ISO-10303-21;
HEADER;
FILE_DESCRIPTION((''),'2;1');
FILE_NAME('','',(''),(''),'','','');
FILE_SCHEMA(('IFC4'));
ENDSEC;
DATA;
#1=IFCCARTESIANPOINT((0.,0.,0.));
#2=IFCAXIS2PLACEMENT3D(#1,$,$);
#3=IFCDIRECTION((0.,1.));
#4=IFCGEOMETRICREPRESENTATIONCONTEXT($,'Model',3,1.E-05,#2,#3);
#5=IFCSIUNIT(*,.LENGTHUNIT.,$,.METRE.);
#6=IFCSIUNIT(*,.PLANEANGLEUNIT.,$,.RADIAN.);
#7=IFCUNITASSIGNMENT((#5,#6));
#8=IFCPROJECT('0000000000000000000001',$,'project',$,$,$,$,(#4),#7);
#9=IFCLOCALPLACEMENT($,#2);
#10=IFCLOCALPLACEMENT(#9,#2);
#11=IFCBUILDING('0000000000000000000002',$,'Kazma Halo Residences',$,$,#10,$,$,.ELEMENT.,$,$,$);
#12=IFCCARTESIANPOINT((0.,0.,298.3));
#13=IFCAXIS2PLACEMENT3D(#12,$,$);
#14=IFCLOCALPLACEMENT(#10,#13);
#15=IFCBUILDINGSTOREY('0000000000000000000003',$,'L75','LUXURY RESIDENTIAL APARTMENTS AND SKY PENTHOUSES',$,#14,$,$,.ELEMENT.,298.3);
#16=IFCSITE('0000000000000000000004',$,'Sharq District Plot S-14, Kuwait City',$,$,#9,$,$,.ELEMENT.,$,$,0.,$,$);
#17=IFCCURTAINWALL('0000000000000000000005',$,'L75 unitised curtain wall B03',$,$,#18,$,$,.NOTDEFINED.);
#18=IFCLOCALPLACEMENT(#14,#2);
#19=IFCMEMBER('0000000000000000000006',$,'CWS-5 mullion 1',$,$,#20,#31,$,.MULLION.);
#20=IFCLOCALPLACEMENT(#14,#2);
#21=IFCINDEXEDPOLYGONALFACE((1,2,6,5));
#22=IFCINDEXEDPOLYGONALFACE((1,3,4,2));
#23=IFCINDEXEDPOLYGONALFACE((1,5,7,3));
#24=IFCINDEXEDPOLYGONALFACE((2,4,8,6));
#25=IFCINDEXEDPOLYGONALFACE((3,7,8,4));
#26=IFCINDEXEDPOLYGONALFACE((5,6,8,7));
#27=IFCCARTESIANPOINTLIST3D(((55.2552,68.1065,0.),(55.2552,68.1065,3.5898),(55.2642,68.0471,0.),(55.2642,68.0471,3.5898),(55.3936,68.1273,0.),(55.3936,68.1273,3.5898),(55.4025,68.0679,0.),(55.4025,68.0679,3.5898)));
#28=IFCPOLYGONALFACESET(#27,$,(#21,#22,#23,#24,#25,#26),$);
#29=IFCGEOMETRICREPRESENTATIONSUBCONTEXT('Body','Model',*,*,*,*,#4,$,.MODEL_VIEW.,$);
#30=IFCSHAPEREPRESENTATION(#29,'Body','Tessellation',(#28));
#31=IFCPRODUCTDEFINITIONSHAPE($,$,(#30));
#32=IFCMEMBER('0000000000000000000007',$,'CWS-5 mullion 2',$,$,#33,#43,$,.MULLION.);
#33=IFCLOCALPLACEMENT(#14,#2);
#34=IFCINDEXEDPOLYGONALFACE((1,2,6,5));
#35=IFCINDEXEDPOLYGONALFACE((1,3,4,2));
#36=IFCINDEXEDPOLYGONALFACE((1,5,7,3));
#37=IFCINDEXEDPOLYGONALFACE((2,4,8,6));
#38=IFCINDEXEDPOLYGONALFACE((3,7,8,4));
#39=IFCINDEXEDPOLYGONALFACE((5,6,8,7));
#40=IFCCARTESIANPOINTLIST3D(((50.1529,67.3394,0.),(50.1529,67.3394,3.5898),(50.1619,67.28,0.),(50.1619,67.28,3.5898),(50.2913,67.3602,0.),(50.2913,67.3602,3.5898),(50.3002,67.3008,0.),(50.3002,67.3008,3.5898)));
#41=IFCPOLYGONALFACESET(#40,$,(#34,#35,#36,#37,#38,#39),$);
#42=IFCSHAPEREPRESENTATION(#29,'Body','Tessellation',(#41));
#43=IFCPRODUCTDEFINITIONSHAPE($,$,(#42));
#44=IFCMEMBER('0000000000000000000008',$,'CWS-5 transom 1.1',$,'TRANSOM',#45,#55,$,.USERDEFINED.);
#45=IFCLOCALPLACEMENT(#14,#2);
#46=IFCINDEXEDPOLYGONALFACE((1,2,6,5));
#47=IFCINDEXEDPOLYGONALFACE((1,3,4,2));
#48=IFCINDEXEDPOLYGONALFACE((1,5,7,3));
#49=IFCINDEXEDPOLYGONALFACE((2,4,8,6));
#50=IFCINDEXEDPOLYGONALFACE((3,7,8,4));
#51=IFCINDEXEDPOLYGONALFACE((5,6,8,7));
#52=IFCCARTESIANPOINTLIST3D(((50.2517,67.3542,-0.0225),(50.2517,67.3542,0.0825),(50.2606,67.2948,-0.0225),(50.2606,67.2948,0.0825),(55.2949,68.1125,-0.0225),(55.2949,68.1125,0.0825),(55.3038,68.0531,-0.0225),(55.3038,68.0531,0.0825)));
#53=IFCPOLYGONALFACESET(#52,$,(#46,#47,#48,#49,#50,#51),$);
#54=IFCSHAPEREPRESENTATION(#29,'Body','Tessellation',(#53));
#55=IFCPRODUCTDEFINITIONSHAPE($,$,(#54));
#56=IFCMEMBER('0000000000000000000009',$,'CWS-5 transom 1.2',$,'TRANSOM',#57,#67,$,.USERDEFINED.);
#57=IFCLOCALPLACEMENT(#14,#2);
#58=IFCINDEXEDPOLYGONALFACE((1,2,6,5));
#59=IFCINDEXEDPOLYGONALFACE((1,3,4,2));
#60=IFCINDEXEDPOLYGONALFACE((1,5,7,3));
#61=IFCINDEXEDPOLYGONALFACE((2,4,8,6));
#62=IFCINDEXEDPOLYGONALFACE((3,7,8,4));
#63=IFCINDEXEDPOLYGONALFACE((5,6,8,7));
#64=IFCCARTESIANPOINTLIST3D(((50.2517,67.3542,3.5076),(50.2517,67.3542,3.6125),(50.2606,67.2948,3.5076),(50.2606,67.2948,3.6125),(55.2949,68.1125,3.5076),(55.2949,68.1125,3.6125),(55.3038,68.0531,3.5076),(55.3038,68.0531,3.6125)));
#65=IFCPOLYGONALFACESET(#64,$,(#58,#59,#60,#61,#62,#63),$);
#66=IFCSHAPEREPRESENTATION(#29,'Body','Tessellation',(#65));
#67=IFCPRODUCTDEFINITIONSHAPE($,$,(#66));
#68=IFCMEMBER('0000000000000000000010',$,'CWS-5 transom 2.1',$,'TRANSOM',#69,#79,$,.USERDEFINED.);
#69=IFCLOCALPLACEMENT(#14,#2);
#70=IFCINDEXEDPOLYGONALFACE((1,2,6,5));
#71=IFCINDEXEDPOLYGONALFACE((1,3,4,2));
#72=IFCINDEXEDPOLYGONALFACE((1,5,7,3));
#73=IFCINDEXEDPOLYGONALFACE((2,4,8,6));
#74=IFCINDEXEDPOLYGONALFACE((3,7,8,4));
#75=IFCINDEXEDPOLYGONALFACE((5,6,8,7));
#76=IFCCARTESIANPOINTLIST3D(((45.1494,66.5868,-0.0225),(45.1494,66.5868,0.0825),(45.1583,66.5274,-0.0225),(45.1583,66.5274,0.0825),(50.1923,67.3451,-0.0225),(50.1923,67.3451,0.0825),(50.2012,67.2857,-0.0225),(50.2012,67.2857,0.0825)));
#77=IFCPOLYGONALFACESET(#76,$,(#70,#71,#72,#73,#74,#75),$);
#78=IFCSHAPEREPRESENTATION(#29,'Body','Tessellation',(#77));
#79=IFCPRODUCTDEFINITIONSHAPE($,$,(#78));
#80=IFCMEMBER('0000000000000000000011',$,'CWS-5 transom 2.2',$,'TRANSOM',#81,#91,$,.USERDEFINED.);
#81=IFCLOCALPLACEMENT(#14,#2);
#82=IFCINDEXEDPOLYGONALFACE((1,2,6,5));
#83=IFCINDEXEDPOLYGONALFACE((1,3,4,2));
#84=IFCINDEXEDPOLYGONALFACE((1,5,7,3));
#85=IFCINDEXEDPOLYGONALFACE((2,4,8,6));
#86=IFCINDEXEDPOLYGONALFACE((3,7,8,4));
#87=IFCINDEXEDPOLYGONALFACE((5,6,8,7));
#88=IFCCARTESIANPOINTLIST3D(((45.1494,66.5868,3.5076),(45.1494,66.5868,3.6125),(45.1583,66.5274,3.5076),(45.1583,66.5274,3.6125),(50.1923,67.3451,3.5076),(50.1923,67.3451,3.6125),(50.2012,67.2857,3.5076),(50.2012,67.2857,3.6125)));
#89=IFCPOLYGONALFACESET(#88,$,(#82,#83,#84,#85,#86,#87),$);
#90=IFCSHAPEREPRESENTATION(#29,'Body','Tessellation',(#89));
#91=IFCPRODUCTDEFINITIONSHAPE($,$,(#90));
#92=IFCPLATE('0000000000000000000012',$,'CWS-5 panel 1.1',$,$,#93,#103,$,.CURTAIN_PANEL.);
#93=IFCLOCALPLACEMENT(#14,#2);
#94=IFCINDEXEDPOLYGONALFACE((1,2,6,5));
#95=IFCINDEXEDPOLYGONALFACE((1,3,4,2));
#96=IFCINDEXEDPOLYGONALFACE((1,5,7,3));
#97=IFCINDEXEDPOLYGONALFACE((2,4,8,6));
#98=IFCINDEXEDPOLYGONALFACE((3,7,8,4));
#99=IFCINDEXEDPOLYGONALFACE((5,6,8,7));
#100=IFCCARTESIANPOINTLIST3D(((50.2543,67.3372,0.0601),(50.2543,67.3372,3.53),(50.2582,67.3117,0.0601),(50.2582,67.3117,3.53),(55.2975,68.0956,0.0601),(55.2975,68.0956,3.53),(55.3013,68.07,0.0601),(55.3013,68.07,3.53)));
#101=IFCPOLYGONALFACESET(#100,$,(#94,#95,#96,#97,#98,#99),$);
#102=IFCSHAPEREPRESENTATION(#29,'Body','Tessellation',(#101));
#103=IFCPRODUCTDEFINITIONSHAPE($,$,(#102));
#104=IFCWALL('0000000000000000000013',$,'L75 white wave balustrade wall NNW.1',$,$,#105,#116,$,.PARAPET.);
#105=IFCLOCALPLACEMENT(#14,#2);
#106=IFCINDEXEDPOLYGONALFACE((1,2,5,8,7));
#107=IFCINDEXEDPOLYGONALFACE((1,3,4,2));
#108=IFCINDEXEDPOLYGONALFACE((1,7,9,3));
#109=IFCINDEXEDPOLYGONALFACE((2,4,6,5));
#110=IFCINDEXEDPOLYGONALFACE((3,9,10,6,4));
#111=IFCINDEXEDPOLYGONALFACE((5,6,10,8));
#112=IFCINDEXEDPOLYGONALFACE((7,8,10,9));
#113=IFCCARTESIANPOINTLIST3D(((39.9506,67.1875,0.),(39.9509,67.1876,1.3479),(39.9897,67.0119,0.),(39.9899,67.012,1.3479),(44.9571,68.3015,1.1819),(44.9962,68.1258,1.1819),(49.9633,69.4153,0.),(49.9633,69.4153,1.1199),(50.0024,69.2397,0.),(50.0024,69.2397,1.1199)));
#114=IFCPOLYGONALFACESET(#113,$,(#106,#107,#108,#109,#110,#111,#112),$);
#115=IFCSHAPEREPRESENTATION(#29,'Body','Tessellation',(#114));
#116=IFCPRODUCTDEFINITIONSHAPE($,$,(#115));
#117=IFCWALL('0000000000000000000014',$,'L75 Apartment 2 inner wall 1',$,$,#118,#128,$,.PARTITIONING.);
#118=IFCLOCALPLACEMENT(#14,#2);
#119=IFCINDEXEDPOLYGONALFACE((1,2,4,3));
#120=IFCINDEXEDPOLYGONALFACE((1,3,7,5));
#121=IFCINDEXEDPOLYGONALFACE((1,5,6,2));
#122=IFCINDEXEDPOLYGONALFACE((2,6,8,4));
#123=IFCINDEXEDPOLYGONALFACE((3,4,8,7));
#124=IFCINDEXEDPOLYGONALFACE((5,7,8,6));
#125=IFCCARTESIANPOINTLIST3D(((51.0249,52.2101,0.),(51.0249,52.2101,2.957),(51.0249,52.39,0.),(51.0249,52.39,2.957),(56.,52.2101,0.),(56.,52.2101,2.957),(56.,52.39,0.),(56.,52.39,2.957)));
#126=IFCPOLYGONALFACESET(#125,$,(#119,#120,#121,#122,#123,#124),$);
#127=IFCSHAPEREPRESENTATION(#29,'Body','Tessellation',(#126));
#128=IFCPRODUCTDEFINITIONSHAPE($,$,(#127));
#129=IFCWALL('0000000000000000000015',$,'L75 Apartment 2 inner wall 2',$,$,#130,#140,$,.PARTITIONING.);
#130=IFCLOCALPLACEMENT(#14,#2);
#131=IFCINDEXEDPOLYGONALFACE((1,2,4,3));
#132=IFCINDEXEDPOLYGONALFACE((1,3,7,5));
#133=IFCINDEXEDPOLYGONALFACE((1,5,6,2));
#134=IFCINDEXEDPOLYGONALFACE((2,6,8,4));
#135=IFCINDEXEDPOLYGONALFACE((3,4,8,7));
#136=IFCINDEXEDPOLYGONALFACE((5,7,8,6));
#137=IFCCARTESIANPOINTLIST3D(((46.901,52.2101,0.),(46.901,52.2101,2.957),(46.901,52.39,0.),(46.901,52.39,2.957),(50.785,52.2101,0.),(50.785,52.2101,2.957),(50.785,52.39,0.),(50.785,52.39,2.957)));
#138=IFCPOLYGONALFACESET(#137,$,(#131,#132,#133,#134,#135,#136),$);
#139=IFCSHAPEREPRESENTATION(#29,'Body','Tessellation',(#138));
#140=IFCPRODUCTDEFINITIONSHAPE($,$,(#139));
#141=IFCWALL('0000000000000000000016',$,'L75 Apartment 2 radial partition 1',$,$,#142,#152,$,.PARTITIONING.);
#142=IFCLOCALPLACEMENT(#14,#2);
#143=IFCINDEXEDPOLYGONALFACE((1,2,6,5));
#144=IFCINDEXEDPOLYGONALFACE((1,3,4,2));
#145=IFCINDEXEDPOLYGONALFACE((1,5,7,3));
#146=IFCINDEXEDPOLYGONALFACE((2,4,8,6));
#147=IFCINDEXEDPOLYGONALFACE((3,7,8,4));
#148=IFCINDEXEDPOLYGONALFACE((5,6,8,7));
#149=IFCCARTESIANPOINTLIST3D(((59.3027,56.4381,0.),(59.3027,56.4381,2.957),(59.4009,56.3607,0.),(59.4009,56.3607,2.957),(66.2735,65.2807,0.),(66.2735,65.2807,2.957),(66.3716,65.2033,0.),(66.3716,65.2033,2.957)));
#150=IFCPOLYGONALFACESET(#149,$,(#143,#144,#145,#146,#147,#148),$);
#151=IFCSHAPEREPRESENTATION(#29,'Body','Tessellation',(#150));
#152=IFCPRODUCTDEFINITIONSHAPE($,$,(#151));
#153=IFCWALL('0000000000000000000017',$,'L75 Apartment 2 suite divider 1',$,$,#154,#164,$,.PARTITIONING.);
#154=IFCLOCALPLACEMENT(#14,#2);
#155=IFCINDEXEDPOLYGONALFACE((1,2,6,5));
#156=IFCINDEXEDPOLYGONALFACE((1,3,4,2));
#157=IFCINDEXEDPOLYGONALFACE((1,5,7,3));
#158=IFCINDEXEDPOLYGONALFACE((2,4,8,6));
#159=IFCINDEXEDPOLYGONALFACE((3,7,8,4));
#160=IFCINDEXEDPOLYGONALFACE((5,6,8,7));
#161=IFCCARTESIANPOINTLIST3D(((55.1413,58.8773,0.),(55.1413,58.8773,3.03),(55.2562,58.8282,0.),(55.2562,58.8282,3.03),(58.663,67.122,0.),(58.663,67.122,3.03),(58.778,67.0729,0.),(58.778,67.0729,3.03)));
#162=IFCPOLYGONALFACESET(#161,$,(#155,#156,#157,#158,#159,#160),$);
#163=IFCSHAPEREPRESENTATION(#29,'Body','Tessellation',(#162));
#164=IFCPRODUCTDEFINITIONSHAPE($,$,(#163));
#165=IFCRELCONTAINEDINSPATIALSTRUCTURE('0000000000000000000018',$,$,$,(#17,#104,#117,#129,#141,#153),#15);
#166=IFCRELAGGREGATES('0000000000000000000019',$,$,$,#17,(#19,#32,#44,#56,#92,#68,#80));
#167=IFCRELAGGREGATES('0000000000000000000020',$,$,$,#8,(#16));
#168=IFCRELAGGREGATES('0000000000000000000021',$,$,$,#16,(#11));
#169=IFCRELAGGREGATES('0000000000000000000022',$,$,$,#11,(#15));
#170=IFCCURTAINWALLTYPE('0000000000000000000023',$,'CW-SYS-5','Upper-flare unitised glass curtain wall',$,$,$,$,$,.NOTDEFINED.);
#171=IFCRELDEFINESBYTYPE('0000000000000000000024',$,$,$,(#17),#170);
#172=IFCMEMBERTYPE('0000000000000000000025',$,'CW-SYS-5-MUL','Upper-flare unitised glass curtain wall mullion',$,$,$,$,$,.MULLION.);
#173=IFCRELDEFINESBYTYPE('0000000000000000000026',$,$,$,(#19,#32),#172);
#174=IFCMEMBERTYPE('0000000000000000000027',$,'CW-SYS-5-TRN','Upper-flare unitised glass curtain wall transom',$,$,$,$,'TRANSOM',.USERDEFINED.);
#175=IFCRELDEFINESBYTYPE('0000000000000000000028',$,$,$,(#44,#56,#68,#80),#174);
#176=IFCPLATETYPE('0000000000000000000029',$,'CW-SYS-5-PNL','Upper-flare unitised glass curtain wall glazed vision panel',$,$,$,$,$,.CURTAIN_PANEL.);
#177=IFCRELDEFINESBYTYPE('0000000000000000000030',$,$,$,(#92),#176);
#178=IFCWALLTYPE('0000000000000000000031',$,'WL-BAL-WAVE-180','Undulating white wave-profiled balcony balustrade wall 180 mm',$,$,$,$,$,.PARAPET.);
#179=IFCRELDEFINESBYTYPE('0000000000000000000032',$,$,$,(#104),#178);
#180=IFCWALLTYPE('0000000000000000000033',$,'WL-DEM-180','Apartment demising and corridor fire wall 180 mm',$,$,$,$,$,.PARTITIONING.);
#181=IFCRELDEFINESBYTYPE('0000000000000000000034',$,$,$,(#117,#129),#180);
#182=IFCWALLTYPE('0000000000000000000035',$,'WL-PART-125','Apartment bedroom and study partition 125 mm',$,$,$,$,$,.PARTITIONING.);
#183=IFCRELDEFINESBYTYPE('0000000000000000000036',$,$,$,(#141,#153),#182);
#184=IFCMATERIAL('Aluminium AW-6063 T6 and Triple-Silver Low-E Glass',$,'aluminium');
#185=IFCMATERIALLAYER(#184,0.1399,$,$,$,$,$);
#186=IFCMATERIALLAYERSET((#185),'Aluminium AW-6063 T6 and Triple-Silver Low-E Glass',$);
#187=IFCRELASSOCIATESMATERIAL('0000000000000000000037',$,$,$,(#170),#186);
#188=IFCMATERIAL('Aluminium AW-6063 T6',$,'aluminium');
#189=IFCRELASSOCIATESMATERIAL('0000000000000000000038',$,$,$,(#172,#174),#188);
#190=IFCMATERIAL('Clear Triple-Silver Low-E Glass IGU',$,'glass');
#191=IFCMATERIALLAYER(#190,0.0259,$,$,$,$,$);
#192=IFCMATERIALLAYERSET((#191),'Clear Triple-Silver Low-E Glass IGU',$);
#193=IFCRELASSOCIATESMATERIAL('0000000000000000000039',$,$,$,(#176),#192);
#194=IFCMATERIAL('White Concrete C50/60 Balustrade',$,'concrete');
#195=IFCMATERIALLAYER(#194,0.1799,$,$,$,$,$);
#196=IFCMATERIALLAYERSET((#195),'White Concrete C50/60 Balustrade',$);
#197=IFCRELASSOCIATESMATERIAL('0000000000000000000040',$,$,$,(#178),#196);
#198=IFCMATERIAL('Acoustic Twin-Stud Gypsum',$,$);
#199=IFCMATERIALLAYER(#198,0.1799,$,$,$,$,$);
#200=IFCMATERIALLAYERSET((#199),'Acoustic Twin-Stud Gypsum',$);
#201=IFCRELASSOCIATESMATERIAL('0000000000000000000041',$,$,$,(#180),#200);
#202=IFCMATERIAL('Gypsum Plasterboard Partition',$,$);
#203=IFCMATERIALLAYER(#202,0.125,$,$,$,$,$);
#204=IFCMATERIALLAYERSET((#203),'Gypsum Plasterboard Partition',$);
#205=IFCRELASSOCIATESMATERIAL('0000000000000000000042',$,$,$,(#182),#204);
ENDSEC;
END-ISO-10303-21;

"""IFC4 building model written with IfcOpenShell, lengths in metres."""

from ifc_helpers import new_model, si_unit, direction, frame, frame_2d, origin, origin_2d, place, context, subcontext, project, spatial, polyline, rectangle, outline, extrude, material, layer, layer_set, material_profile, profile_set, type_object, element, aggregate, save


model = new_model("IFC4")

# Units and contexts
model_context = context("Model", 3, precision=1e-05, world=origin(), true_north=direction((0.0, 1.0)))
body_context = subcontext(model_context, "Body", "Model", "MODEL_VIEW")
ifc_project = project(units=[si_unit("LENGTHUNIT", "METRE"), si_unit("PLANEANGLEUNIT", "RADIAN")], contexts=[model_context])

# Site, building, storey
site_placement = place(None, origin())
site = spatial("IfcSite", under=ifc_project, at=site_placement, Name="Sharq District Plot S-14, Kuwait City", CompositionType="ELEMENT", RefElevation=0.0)
building_placement = place(site_placement, origin())
building = spatial("IfcBuilding", under=site, at=building_placement, Name="Kazma Halo Residences", CompositionType="ELEMENT")
storey_placement = place(building_placement, frame((0.0, 0.0, 298.3)))
storey = spatial("IfcBuildingStorey", under=building, at=storey_placement, Name="L75", Description="LUXURY RESIDENTIAL APARTMENTS AND SKY PENTHOUSES", CompositionType="ELEMENT", Elevation=298.3)

# Curtain wall, members, plate
ifc_material_1 = material(Name="Aluminium AW-6063 T6 and Triple-Silver Low-E Glass", Category="aluminium")
ifc_layer_1 = layer(ifc_material_1, 0.1399)
ifc_layer_set_1 = layer_set([ifc_layer_1], Name="Aluminium AW-6063 T6 and Triple-Silver Low-E Glass")
curtain_wall_type = type_object("IfcCurtainWallType", Name="CW-SYS-5", Description="Upper-flare unitised glass curtain wall", PredefinedType="NOTDEFINED", material=ifc_layer_set_1)
curtain_wall_placement = place(storey_placement, origin())
curtain_wall = element("IfcCurtainWall", 1, at=curtain_wall_placement, inside=storey, type_object=curtain_wall_type, Name="L75 unitised curtain wall B03", PredefinedType="NOTDEFINED")
ifc_material_2 = material(Name="Aluminium AW-6063 T6", Category="aluminium")
ifc_material_profile_1 = material_profile(ifc_material_2, rectangle(XDim=0.0601, YDim=0.1399, at=origin_2d()), Name="CWM-60x140")
ifc_profile_set_1 = profile_set([ifc_material_profile_1], Name="Aluminium AW-6063 T6")
member_type_1 = type_object("IfcMemberType", Name="CW-SYS-5-MUL", Description="Upper-flare unitised glass curtain wall mullion", PredefinedType="MULLION", material=ifc_profile_set_1)
member_1_placement = place(storey_placement, frame((55.3289, 68.0872, 0.0), z_axis=(0.0, 0.0, 1.0), x_axis=(0.148697, -0.988883, 0.0)))
member_1 = element("IfcMember", 2, at=member_1_placement, type_object=member_type_1, Name="CWS-5 mullion 1", PredefinedType="MULLION", context=body_context, shape_type="SweptSolid", body=[
    extrude(rectangle(XDim=0.0601, YDim=0.1399, at=origin_2d()), origin(), (0.0, 0.0, 1.0), 3.5898),
])
member_2_placement = place(storey_placement, frame((50.2266, 67.3201, 0.0), z_axis=(0.0, 0.0, 1.0), x_axis=(0.148697, -0.988883, 0.0)))
member_2 = element("IfcMember", 3, at=member_2_placement, type_object=member_type_1, Name="CWS-5 mullion 2", PredefinedType="MULLION", context=body_context, shape_type="SweptSolid", body=[
    extrude(rectangle(XDim=0.0601, YDim=0.1399, at=origin_2d()), origin(), (0.0, 0.0, 1.0), 3.5898),
])
ifc_material_profile_2 = material_profile(ifc_material_2, rectangle(XDim=0.0601, YDim=0.105, at=origin_2d()), Name="CWT-60x105")
ifc_profile_set_2 = profile_set([ifc_material_profile_2], Name="Aluminium AW-6063 T6")
member_type_2 = type_object("IfcMemberType", Name="CW-SYS-5-TRN", Description="Upper-flare unitised glass curtain wall transom", ElementType="TRANSOM", PredefinedType="USERDEFINED", material=ifc_profile_set_2)
member_3_placement = place(storey_placement, frame((55.2993, 68.0828, 0.03), z_axis=(-0.988884, -0.148689, 0.0), x_axis=(0.148689, -0.988884, 0.0)))
member_3 = element("IfcMember", 4, at=member_3_placement, type_object=member_type_2, Name="CWS-5 transom 1.1", ObjectType="TRANSOM", PredefinedType="USERDEFINED", context=body_context, shape_type="SweptSolid", body=[
    extrude(rectangle(XDim=0.0601, YDim=0.105, at=origin_2d()), origin(), (0.0, 0.0, 1.0), 5.0999),
])
member_4_placement = place(storey_placement, frame((55.2993, 68.0828, 3.5601), z_axis=(-0.988884, -0.148689, 0.0), x_axis=(0.148689, -0.988884, 0.0)))
member_4 = element("IfcMember", 5, at=member_4_placement, type_object=member_type_2, Name="CWS-5 transom 1.2", ObjectType="TRANSOM", PredefinedType="USERDEFINED", context=body_context, shape_type="SweptSolid", body=[
    extrude(rectangle(XDim=0.0601, YDim=0.105, at=origin_2d()), origin(), (0.0, 0.0, 1.0), 5.0999),
])
member_5_placement = place(storey_placement, frame((50.1968, 67.3154, 0.03), z_axis=(-0.988883, -0.148696, 0.0), x_axis=(0.148696, -0.988883, 0.0)))
member_5 = element("IfcMember", 6, at=member_5_placement, type_object=member_type_2, Name="CWS-5 transom 2.1", ObjectType="TRANSOM", PredefinedType="USERDEFINED", context=body_context, shape_type="SweptSolid", body=[
    extrude(rectangle(XDim=0.0601, YDim=0.105, at=origin_2d()), origin(), (0.0, 0.0, 1.0), 5.0996),
])
member_6_placement = place(storey_placement, frame((50.1968, 67.3154, 3.5601), z_axis=(-0.988883, -0.148696, 0.0), x_axis=(0.148696, -0.988883, 0.0)))
member_6 = element("IfcMember", 7, at=member_6_placement, type_object=member_type_2, Name="CWS-5 transom 2.2", ObjectType="TRANSOM", PredefinedType="USERDEFINED", context=body_context, shape_type="SweptSolid", body=[
    extrude(rectangle(XDim=0.0601, YDim=0.105, at=origin_2d()), origin(), (0.0, 0.0, 1.0), 5.0996),
])
ifc_material_3 = material(Name="Clear Triple-Silver Low-E Glass IGU", Category="glass")
ifc_layer_2 = layer(ifc_material_3, 0.0259)
ifc_layer_set_2 = layer_set([ifc_layer_2], Name="Clear Triple-Silver Low-E Glass IGU")
plate_type = type_object("IfcPlateType", Name="CW-SYS-5-PNL", Description="Upper-flare unitised glass curtain wall glazed vision panel", PredefinedType="CURTAIN_PANEL", material=ifc_layer_set_2)
plate_placement = place(storey_placement, frame((52.7778, 67.7036, 0.0601), z_axis=(0.0, 0.0, 1.0), x_axis=(-0.988883, -0.148697, 0.0)))
plate = element("IfcPlate", 8, at=plate_placement, type_object=plate_type, Name="CWS-5 panel 1.1", PredefinedType="CURTAIN_PANEL", context=body_context, shape_type="SweptSolid", body=[
    extrude(rectangle(XDim=5.0999, YDim=0.0259, at=origin_2d()), origin(), (0.0, 0.0, 1.0), 3.47),
])
aggregate(curtain_wall, [member_1, member_2, member_3, member_4, plate, member_5, member_6])

# Walls
ifc_material_4 = material(Name="White Concrete C50/60 Balustrade", Category="concrete")
ifc_layer_3 = layer(ifc_material_4, 0.1799)
ifc_layer_set_3 = layer_set([ifc_layer_3], Name="White Concrete C50/60 Balustrade")
wall_type_1 = type_object("IfcWallType", Name="WL-BAL-WAVE-180", Description="Undulating white wave-profiled balcony balustrade wall 180 mm", PredefinedType="PARAPET", material=ifc_layer_set_3)
wall_1_placement = place(storey_placement, frame((49.9829, 69.3274, 0.0), z_axis=(0.0, 0.0, 1.0), x_axis=(-0.97613, -0.217185, 0.0)))
element("IfcWall", 9, at=wall_1_placement, inside=storey, type_object=wall_type_1, Name="L75 white wave balustrade wall NNW.1", PredefinedType="PARAPET", context=body_context, shape_type="SweptSolid", body=[
    extrude(outline(polyline([(0.0, 0.0), (10.2576, 0.0), (10.2573, 1.3479), (5.1287, 1.1819), (0.0, 1.1199), (0.0, 0.0)])), frame((0.0, 0.0898, 0.0), z_axis=(0.0, -1.0, 0.0), x_axis=(1.0, 0.0, 0.0)), (0.0, 0.0, 1.0), 0.1799),
])
ifc_material_5 = material(Name="Acoustic Twin-Stud Gypsum")
ifc_layer_4 = layer(ifc_material_5, 0.1799)
ifc_layer_set_4 = layer_set([ifc_layer_4], Name="Acoustic Twin-Stud Gypsum")
wall_type_2 = type_object("IfcWallType", Name="WL-DEM-180", Description="Apartment demising and corridor fire wall 180 mm", PredefinedType="PARTITIONING", material=ifc_layer_set_4)
wall_2_placement = place(storey_placement, frame((56.0, 52.3, 0.0), z_axis=(0.0, 0.0, 1.0), x_axis=(-1.0, 0.0, 0.0)))
element("IfcWall", 10, at=wall_2_placement, inside=storey, type_object=wall_type_2, Name="L75 Apartment 2 inner wall 1", PredefinedType="PARTITIONING", context=body_context, shape_type="SweptSolid", body=[
    extrude(rectangle(XDim=4.9751, YDim=0.1799, at=frame_2d((2.4875, 0.0))), origin(), (0.0, 0.0, 1.0), 2.957),
])
wall_3_placement = place(storey_placement, frame((50.7849, 52.3, 0.0), z_axis=(0.0, 0.0, 1.0), x_axis=(-1.0, 0.0, 0.0)))
element("IfcWall", 11, at=wall_3_placement, inside=storey, type_object=wall_type_2, Name="L75 Apartment 2 inner wall 2", PredefinedType="PARTITIONING", context=body_context, shape_type="SweptSolid", body=[
    extrude(rectangle(XDim=3.884, YDim=0.1799, at=frame_2d((1.9419, 0.0))), origin(), (0.0, 0.0, 1.0), 2.957),
])
ifc_material_6 = material(Name="Gypsum Plasterboard Partition")
ifc_layer_5 = layer(ifc_material_6, 0.125)
ifc_layer_set_5 = layer_set([ifc_layer_5], Name="Gypsum Plasterboard Partition")
wall_type_3 = type_object("IfcWallType", Name="WL-PART-125", Description="Apartment bedroom and study partition 125 mm", PredefinedType="PARTITIONING", material=ifc_layer_set_5)
wall_4_placement = place(storey_placement, frame((59.3518, 56.3994, 0.0), z_axis=(0.0, 0.0, 1.0), x_axis=(0.619084, 0.785325, 0.0)))
element("IfcWall", 12, at=wall_4_placement, inside=storey, type_object=wall_type_3, Name="L75 Apartment 2 radial partition 1", PredefinedType="PARTITIONING", context=body_context, shape_type="SweptSolid", body=[
    extrude(rectangle(XDim=11.2598, YDim=0.125, at=frame_2d((5.6299, 0.0))), origin(), (0.0, 0.0, 1.0), 2.957),
])
wall_5_placement = place(storey_placement, frame((55.1987, 58.8528, 0.0), z_axis=(0.0, 0.0, 1.0), x_axis=(0.392818, 0.919616, 0.0)))
element("IfcWall", 13, at=wall_5_placement, inside=storey, type_object=wall_type_3, Name="L75 Apartment 2 suite divider 1", PredefinedType="PARTITIONING", context=body_context, shape_type="SweptSolid", body=[
    extrude(rectangle(XDim=8.9653, YDim=0.125, at=frame_2d((4.4827, 0.0))), origin(), (0.0, 0.0, 1.0), 3.03),
])

save(model, "model.ifc")
